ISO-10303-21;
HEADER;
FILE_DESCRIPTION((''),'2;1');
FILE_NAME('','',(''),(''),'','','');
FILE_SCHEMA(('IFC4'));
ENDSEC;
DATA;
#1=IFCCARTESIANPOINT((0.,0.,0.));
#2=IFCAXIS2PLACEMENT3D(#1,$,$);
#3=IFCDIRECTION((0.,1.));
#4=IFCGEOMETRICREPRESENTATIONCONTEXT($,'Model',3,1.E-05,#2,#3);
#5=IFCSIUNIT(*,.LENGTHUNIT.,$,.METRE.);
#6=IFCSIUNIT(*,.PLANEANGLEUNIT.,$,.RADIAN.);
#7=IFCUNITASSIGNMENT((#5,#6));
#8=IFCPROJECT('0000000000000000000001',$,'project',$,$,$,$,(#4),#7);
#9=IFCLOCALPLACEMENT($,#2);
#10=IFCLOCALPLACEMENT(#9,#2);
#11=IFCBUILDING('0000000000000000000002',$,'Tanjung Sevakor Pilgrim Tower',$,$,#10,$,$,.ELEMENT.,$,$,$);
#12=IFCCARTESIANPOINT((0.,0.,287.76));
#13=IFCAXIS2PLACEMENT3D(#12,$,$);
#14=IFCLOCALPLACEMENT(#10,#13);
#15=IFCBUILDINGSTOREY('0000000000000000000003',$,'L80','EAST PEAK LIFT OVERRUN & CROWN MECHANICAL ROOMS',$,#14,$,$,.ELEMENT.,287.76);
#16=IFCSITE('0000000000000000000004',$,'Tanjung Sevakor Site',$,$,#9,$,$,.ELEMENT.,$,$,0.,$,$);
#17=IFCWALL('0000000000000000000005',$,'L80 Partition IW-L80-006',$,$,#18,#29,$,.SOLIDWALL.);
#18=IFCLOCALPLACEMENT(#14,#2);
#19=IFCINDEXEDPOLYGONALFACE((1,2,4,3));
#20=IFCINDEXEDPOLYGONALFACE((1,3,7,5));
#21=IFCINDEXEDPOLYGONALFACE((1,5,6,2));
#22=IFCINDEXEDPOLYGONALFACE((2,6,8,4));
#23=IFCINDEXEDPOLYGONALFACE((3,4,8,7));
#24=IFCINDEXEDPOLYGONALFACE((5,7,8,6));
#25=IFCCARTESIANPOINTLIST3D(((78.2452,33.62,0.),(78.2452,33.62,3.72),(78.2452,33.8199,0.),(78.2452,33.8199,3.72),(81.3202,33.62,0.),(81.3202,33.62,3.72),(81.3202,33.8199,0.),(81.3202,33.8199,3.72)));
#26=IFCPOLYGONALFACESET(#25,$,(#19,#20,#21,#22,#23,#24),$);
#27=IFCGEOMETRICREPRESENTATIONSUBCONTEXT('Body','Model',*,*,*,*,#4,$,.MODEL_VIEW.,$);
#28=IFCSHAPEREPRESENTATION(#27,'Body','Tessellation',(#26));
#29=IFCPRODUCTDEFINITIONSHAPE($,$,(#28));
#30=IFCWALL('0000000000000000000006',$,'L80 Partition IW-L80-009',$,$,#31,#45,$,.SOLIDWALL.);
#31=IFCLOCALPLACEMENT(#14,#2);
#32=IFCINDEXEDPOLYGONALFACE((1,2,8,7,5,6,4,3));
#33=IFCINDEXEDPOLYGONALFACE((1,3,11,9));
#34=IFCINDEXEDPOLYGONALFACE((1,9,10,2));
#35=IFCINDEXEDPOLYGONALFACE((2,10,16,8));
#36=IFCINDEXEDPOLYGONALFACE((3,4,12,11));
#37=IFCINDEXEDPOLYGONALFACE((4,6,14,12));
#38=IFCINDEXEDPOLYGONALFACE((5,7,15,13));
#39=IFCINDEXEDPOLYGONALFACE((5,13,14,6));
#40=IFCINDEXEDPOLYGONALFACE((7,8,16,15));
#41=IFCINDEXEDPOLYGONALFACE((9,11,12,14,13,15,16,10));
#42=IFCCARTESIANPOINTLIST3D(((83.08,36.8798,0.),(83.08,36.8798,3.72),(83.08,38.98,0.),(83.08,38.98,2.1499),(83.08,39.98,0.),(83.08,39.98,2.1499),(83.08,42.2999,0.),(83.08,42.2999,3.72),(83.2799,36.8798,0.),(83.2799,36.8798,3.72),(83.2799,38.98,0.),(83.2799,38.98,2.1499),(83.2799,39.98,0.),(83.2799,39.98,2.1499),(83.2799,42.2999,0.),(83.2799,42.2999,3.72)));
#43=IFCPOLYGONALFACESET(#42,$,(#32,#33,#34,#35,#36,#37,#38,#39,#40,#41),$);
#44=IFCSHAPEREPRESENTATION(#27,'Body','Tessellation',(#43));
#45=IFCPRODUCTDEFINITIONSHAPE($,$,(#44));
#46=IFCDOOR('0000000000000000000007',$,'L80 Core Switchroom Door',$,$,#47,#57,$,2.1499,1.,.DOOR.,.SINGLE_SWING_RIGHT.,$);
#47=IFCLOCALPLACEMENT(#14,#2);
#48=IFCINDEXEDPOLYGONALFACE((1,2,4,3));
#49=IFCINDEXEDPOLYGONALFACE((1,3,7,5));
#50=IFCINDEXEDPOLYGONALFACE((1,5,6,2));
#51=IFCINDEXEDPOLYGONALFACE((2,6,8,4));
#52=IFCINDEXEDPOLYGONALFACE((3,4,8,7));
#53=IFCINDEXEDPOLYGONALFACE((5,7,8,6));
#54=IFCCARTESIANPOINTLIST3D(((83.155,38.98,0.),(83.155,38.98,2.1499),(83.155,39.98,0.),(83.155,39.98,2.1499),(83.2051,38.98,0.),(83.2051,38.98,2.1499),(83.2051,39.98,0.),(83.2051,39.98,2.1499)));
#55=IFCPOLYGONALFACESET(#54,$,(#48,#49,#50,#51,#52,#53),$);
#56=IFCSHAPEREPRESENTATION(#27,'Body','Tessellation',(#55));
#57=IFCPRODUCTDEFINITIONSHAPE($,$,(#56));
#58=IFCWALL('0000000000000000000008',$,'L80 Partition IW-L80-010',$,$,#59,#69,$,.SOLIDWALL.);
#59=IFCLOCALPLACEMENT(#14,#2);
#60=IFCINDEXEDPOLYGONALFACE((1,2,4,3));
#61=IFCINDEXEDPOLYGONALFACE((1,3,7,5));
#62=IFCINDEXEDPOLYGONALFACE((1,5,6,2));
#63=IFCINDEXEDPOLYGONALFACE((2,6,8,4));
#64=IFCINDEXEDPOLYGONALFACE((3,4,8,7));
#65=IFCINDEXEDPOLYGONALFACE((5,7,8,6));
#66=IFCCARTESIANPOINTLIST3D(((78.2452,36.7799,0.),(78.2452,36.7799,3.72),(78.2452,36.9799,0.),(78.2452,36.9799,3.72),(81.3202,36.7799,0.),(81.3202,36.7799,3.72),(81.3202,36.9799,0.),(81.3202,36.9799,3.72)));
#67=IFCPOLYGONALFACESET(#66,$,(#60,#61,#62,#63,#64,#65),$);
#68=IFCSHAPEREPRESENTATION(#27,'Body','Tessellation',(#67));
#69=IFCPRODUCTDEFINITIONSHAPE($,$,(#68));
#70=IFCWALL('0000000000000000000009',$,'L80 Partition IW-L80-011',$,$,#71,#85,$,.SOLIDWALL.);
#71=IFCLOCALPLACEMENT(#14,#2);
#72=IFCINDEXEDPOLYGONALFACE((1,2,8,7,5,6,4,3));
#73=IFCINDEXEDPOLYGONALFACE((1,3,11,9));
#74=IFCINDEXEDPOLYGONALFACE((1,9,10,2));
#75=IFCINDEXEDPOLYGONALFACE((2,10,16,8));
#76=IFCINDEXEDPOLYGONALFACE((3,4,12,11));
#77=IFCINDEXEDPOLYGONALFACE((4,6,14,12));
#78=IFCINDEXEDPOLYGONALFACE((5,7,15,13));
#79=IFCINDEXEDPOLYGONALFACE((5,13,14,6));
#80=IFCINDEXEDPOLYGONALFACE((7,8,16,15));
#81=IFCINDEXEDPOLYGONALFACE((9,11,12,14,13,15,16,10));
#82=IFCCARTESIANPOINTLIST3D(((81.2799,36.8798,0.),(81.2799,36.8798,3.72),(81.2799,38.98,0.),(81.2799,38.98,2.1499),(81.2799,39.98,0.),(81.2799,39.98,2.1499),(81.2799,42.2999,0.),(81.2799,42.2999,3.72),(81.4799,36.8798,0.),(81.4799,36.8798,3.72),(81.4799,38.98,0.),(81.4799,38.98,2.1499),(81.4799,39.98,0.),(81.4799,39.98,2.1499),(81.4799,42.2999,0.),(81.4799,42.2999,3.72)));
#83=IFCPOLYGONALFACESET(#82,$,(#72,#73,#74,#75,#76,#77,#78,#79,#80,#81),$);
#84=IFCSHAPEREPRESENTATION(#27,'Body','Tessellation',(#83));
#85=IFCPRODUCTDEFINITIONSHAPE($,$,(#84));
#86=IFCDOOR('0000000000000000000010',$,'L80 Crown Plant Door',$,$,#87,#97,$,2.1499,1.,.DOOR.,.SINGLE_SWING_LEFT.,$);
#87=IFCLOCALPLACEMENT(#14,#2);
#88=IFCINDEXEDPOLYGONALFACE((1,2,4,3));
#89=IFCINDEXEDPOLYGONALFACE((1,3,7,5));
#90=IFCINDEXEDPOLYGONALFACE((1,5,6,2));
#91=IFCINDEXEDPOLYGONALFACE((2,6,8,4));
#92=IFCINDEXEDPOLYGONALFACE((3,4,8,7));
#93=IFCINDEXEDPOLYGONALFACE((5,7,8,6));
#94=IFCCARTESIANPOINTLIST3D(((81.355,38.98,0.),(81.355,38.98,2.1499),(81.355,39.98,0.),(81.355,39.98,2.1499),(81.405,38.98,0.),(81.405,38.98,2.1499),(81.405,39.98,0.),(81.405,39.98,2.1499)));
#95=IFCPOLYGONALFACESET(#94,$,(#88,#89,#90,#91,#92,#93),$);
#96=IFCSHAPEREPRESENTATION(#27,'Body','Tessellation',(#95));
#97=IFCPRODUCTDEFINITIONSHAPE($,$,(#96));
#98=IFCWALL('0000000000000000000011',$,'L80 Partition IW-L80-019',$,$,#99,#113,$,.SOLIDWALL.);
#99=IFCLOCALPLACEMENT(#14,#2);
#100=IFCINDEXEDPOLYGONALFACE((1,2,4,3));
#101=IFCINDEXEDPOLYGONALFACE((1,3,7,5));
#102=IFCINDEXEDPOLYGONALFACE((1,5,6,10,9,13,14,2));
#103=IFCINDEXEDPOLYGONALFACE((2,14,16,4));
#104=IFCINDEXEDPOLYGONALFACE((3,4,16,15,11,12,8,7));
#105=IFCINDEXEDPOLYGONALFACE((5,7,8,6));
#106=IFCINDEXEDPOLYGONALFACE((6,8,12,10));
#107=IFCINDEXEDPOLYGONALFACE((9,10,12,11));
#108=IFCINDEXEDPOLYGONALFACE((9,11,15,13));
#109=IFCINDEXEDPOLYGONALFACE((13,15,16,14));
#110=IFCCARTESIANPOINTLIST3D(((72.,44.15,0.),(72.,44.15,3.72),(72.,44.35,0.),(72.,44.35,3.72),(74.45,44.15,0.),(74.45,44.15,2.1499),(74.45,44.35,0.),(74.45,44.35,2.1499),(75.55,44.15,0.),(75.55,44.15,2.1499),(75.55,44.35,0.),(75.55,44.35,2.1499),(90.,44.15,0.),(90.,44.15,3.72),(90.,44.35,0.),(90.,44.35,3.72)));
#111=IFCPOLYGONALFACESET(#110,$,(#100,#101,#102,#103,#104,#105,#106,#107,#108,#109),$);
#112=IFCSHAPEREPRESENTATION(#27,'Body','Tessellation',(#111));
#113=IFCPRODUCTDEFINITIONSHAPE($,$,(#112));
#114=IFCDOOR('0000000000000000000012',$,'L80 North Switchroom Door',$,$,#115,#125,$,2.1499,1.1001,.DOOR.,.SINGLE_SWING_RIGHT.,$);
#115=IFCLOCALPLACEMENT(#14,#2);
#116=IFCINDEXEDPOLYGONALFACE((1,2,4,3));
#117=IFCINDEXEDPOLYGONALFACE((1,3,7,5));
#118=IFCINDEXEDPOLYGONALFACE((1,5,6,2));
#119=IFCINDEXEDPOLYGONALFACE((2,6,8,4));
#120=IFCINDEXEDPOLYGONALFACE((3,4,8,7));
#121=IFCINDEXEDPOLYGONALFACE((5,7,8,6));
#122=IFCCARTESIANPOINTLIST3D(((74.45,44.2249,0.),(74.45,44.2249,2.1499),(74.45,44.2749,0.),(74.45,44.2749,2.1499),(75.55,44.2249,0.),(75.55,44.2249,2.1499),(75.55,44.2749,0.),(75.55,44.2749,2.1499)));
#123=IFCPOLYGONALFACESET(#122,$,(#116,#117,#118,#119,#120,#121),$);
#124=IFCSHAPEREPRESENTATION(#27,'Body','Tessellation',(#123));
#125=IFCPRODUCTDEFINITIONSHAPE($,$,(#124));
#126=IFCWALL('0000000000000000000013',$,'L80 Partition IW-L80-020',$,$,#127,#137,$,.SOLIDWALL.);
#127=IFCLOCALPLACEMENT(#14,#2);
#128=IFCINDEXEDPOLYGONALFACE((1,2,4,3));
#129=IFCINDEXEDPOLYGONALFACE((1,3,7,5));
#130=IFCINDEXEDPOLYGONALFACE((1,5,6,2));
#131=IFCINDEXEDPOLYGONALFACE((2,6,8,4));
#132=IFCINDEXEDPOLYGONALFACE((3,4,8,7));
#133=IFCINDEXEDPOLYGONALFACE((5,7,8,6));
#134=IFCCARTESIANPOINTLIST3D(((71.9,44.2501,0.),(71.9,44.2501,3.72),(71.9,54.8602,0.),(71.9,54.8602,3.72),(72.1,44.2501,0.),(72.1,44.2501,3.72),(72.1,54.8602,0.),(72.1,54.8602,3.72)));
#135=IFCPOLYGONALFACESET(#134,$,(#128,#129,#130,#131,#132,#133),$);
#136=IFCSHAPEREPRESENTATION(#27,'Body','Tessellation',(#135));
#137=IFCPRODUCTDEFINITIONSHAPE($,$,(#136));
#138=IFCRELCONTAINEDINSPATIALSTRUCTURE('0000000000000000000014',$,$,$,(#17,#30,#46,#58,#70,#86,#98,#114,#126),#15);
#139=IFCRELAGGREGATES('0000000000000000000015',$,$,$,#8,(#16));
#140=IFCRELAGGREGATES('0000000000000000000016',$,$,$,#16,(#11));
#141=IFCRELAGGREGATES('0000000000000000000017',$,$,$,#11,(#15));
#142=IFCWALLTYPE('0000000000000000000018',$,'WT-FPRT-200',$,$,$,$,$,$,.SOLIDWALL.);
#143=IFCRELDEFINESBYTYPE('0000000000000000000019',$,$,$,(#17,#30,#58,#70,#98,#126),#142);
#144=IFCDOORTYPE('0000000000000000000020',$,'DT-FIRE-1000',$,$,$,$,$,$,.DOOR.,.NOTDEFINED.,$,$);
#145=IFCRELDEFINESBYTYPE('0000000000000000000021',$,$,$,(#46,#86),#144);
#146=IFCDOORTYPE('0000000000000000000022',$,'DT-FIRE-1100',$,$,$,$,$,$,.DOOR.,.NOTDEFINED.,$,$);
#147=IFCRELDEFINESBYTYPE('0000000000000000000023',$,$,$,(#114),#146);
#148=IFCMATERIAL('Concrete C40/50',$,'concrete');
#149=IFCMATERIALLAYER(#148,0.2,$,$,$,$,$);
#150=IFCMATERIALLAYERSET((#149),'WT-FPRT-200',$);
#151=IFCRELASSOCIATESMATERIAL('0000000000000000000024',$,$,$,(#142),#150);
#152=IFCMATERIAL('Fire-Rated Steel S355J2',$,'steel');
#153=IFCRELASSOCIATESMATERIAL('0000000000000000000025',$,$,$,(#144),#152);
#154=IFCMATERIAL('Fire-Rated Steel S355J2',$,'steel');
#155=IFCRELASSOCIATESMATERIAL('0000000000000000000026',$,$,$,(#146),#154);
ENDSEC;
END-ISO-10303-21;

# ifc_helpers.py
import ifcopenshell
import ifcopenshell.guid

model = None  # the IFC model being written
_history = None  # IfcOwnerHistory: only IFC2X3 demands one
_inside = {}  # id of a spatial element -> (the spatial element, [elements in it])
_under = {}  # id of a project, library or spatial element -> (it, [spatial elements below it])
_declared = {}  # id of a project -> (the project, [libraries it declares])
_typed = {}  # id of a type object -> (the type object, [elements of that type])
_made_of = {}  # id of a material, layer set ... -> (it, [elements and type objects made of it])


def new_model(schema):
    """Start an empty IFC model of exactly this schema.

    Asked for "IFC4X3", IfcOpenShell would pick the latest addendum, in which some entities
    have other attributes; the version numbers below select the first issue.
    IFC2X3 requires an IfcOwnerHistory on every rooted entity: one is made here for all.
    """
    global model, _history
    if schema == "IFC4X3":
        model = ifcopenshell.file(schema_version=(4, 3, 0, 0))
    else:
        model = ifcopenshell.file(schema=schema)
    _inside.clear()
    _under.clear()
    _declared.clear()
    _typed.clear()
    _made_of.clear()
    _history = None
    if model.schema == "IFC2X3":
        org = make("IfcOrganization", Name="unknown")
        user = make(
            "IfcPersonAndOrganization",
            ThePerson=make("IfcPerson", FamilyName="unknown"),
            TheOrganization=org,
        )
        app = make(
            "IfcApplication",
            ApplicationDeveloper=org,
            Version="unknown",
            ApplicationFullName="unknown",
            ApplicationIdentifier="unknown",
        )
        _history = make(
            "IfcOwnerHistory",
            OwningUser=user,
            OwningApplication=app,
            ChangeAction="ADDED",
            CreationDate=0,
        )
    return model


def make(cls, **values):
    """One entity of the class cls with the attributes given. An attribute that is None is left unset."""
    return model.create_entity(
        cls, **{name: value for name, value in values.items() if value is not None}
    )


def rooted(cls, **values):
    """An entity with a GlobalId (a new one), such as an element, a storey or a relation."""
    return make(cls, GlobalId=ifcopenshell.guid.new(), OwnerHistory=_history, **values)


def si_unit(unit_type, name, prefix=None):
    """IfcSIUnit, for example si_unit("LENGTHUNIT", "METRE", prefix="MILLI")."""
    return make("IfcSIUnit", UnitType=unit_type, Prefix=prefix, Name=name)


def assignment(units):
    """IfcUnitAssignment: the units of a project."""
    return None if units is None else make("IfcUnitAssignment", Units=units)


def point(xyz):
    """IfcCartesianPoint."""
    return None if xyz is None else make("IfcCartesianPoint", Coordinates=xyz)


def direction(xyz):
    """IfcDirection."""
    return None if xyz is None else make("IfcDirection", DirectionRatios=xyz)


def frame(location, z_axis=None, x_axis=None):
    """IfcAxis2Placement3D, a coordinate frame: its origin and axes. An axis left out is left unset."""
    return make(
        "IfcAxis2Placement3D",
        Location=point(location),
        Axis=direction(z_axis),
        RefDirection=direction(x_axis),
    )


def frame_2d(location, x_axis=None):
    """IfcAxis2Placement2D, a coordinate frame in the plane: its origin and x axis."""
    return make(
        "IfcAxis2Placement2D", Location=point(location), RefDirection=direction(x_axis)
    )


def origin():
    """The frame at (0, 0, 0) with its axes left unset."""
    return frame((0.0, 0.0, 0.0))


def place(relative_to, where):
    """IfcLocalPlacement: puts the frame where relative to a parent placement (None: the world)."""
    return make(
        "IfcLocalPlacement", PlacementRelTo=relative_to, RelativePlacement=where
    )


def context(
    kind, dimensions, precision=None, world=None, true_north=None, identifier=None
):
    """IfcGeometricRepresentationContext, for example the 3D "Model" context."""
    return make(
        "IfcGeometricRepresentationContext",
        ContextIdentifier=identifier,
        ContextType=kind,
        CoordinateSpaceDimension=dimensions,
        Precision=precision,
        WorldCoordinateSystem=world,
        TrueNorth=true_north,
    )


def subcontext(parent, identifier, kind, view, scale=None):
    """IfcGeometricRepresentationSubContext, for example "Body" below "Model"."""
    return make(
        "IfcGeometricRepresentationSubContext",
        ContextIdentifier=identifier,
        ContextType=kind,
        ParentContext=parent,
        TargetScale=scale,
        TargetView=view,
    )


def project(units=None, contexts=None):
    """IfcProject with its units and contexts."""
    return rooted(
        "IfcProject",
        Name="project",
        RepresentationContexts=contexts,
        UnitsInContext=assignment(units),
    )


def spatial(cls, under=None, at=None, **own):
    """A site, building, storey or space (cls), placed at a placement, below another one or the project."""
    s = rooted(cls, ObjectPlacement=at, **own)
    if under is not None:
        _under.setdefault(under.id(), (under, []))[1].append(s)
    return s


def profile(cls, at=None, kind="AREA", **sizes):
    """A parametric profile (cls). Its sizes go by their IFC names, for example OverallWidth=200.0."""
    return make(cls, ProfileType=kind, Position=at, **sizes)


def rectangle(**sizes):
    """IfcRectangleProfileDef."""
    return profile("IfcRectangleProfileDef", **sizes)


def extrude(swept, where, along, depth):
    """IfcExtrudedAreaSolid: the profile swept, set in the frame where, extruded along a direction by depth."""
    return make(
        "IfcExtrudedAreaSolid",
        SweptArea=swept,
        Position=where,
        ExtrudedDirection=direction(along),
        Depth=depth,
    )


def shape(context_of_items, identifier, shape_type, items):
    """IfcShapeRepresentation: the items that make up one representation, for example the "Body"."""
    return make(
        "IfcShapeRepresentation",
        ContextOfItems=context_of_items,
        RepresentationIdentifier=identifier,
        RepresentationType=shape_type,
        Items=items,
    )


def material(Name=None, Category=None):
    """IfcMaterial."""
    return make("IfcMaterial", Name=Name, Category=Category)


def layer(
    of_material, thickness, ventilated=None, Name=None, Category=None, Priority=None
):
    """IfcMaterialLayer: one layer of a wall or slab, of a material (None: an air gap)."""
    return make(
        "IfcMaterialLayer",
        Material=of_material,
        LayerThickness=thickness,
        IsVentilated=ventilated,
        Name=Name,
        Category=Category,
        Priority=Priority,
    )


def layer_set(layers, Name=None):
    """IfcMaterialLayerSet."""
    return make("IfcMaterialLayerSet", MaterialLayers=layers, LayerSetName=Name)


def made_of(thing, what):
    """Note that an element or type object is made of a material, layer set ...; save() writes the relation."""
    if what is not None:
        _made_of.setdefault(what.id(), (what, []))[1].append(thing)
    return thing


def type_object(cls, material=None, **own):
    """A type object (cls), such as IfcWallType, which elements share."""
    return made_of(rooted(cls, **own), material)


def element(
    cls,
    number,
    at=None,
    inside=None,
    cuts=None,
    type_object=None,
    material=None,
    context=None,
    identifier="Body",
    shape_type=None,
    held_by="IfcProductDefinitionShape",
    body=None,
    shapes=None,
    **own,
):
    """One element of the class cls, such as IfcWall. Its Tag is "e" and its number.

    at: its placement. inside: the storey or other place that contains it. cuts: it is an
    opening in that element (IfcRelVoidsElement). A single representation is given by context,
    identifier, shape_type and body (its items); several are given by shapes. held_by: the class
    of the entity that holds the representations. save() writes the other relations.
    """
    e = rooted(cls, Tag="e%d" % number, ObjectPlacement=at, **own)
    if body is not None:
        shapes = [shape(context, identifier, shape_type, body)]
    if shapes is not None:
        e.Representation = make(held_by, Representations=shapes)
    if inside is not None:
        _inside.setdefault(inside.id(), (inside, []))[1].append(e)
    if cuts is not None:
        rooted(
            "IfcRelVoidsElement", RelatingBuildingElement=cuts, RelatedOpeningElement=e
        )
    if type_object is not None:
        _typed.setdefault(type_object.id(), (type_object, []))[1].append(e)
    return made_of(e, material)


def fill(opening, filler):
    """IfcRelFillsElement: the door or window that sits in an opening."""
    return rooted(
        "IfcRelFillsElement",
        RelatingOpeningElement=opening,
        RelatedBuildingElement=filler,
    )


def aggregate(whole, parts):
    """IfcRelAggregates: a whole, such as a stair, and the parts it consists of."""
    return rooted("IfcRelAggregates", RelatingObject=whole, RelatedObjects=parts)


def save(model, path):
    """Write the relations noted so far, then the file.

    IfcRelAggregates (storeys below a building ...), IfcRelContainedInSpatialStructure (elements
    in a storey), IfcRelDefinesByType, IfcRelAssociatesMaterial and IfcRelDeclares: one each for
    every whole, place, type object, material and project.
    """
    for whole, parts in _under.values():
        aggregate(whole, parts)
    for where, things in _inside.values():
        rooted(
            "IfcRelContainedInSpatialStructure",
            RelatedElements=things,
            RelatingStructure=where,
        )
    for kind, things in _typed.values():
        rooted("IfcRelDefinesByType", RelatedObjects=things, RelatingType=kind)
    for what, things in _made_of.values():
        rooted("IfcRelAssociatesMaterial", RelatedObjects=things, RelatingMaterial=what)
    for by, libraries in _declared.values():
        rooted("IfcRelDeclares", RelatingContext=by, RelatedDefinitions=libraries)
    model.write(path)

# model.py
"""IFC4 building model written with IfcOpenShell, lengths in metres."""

from ifc_helpers import new_model, si_unit, direction, frame, frame_2d, origin, place, context, subcontext, project, spatial, rectangle, extrude, material, layer, layer_set, type_object, element, fill, save


model = new_model("IFC4")

# Units and contexts
model_context = context("Model", 3, precision=1e-05, world=origin(), true_north=direction((0.0, 1.0)))
body_context = subcontext(model_context, "Body", "Model", "MODEL_VIEW")
ifc_project = project(units=[si_unit("LENGTHUNIT", "METRE"), si_unit("PLANEANGLEUNIT", "RADIAN")], contexts=[model_context])

# Site, building, storey
site_placement = place(None, origin())
site = spatial("IfcSite", under=ifc_project, at=site_placement, Name="Tanjung Sevakor Site", CompositionType="ELEMENT", RefElevation=0.0)
building_placement = place(site_placement, origin())
building = spatial("IfcBuilding", under=site, at=building_placement, Name="Tanjung Sevakor Pilgrim Tower", CompositionType="ELEMENT")
storey_placement = place(building_placement, frame((0.0, 0.0, 287.76)))
storey = spatial("IfcBuildingStorey", under=building, at=storey_placement, Name="L80", Description="EAST PEAK LIFT OVERRUN & CROWN MECHANICAL ROOMS", CompositionType="ELEMENT", Elevation=287.76)

# Shared definitions
ifc_material_1 = material(Name="Concrete C40/50", Category="concrete")
ifc_layer_1 = layer(ifc_material_1, 0.2)
ifc_layer_set_1 = layer_set([ifc_layer_1], Name="WT-FPRT-200")
wall_type_1 = type_object("IfcWallType", Name="WT-FPRT-200", PredefinedType="SOLIDWALL", material=ifc_layer_set_1)

# Shared definitions
ifc_material_2 = material(Name="Fire-Rated Steel S355J2", Category="steel")
door_type_1 = type_object("IfcDoorType", Name="DT-FIRE-1000", OperationType="NOTDEFINED", PredefinedType="DOOR", material=ifc_material_2)

# Wall
for number, where, z_axis, x_axis, name in (
    (1, (78.2451, 33.72, 0.0), (0.0, 0.0, 1.0), (1.0, 0.0, 0.0), "L80 Partition IW-L80-006"),
):
    element("IfcWall", number, at=place(storey_placement, frame(where, z_axis=z_axis, x_axis=x_axis)), inside=storey, type_object=wall_type_1, Name=name, PredefinedType="SOLIDWALL", context=body_context, shape_type="SweptSolid", body=[
        extrude(rectangle(XDim=3.075, YDim=0.2, at=frame_2d((1.5376, 0.0))), origin(), (0.0, 0.0, 1.0), 3.72),
    ])

# Wall, opening, door
wall_1_placement = place(storey_placement, frame((83.1799, 36.8799, 0.0), z_axis=(0.0, 0.0, 1.0), x_axis=(0.0, 1.0, 0.0)))
wall_1 = element("IfcWall", 2, at=wall_1_placement, inside=storey, type_object=wall_type_1, Name="L80 Partition IW-L80-009", PredefinedType="SOLIDWALL", context=body_context, shape_type="SweptSolid", body=[
    extrude(rectangle(XDim=5.4202, YDim=0.2, at=frame_2d((2.71, 0.0))), origin(), (0.0, 0.0, 1.0), 3.72),
])
opening_1_placement = place(wall_1_placement, frame((2.1001, 0.0, 0.0)))
opening_1 = element("IfcOpeningElement", 3, at=opening_1_placement, cuts=wall_1, PredefinedType="OPENING", context=body_context, shape_type="SweptSolid", body=[
    extrude(rectangle(XDim=1.0, YDim=2.1499, at=frame_2d((0.5, 1.075))), frame((0.0, 0.1099, 0.0), z_axis=(0.0, -1.0, 0.0), x_axis=(1.0, 0.0, 0.0)), (0.0, 0.0, 1.0), 0.22),
])
door_1_placement = place(opening_1_placement, origin())
door_1 = element("IfcDoor", 4, at=door_1_placement, inside=storey, type_object=door_type_1, Name="L80 Core Switchroom Door", OperationType="SINGLE_SWING_RIGHT", OverallHeight=2.1499, OverallWidth=1.0, PredefinedType="DOOR", context=body_context, shape_type="SweptSolid", body=[
    extrude(rectangle(XDim=1.0, YDim=2.1499, at=frame_2d((0.5, 1.075))), frame((0.0, 0.0249, 0.0), z_axis=(0.0, -1.0, 0.0), x_axis=(1.0, 0.0, 0.0)), (0.0, 0.0, 1.0), 0.05),
])
fill(opening_1, door_1)

# Wall
wall_2_placement = place(storey_placement, frame((78.2451, 36.8799, 0.0), z_axis=(0.0, 0.0, 1.0), x_axis=(1.0, 0.0, 0.0)))
element("IfcWall", 5, at=wall_2_placement, inside=storey, type_object=wall_type_1, Name="L80 Partition IW-L80-010", PredefinedType="SOLIDWALL", context=body_context, shape_type="SweptSolid", body=[
    extrude(rectangle(XDim=3.075, YDim=0.2, at=frame_2d((1.5376, 0.0))), origin(), (0.0, 0.0, 1.0), 3.72),
])

# Walls, openings, doors
wall_3_placement = place(storey_placement, frame((81.3799, 36.8799, 0.0), z_axis=(0.0, 0.0, 1.0), x_axis=(0.0, 1.0, 0.0)))
wall_3 = element("IfcWall", 6, at=wall_3_placement, inside=storey, type_object=wall_type_1, Name="L80 Partition IW-L80-011", PredefinedType="SOLIDWALL", context=body_context, shape_type="SweptSolid", body=[
    extrude(rectangle(XDim=5.4202, YDim=0.2, at=frame_2d((2.71, 0.0))), origin(), (0.0, 0.0, 1.0), 3.72),
])
opening_2_placement = place(wall_3_placement, frame((2.1001, 0.0, 0.0)))
opening_2 = element("IfcOpeningElement", 7, at=opening_2_placement, cuts=wall_3, PredefinedType="OPENING", context=body_context, shape_type="SweptSolid", body=[
    extrude(rectangle(XDim=1.0, YDim=2.1499, at=frame_2d((0.5, 1.075))), frame((0.0, 0.1099, 0.0), z_axis=(0.0, -1.0, 0.0), x_axis=(1.0, 0.0, 0.0)), (0.0, 0.0, 1.0), 0.22),
])
door_2_placement = place(opening_2_placement, origin())
door_2 = element("IfcDoor", 8, at=door_2_placement, inside=storey, type_object=door_type_1, Name="L80 Crown Plant Door", OperationType="SINGLE_SWING_LEFT", OverallHeight=2.1499, OverallWidth=1.0, PredefinedType="DOOR", context=body_context, shape_type="SweptSolid", body=[
    extrude(rectangle(XDim=1.0, YDim=2.1499, at=frame_2d((0.5, 1.075))), frame((0.0, 0.0249, 0.0), z_axis=(0.0, -1.0, 0.0), x_axis=(1.0, 0.0, 0.0)), (0.0, 0.0, 1.0), 0.05),
])
fill(opening_2, door_2)
wall_4_placement = place(storey_placement, frame((72.0, 44.25, 0.0), z_axis=(0.0, 0.0, 1.0), x_axis=(1.0, 0.0, 0.0)))
wall_4 = element("IfcWall", 9, at=wall_4_placement, inside=storey, type_object=wall_type_1, Name="L80 Partition IW-L80-019", PredefinedType="SOLIDWALL", context=body_context, shape_type="SweptSolid", body=[
    extrude(rectangle(XDim=18.0, YDim=0.2, at=frame_2d((9.0, 0.0))), origin(), (0.0, 0.0, 1.0), 3.72),
])
opening_3_placement = place(wall_4_placement, frame((2.45, 0.0, 0.0)))
opening_3 = element("IfcOpeningElement", 10, at=opening_3_placement, cuts=wall_4, PredefinedType="OPENING", context=body_context, shape_type="SweptSolid", body=[
    extrude(rectangle(XDim=1.1001, YDim=2.1499, at=frame_2d((0.55, 1.075))), frame((0.0, 0.1099, 0.0), z_axis=(0.0, -1.0, 0.0), x_axis=(1.0, 0.0, 0.0)), (0.0, 0.0, 1.0), 0.22),
])
ifc_material_3 = material(Name="Fire-Rated Steel S355J2", Category="steel")
door_type_2 = type_object("IfcDoorType", Name="DT-FIRE-1100", OperationType="NOTDEFINED", PredefinedType="DOOR", material=ifc_material_3)
door_3_placement = place(opening_3_placement, origin())
door_3 = element("IfcDoor", 11, at=door_3_placement, inside=storey, type_object=door_type_2, Name="L80 North Switchroom Door", OperationType="SINGLE_SWING_RIGHT", OverallHeight=2.1499, OverallWidth=1.1001, PredefinedType="DOOR", context=body_context, shape_type="SweptSolid", body=[
    extrude(rectangle(XDim=1.1001, YDim=2.1499, at=frame_2d((0.55, 1.075))), frame((0.0, 0.0249, 0.0), z_axis=(0.0, -1.0, 0.0), x_axis=(1.0, 0.0, 0.0)), (0.0, 0.0, 1.0), 0.05),
])
fill(opening_3, door_3)

# Wall
wall_5_placement = place(storey_placement, frame((72.0, 44.25, 0.0), z_axis=(0.0, 0.0, 1.0), x_axis=(0.0, 1.0, 0.0)))
element("IfcWall", 12, at=wall_5_placement, inside=storey, type_object=wall_type_1, Name="L80 Partition IW-L80-020", PredefinedType="SOLIDWALL", context=body_context, shape_type="SweptSolid", body=[
    extrude(rectangle(XDim=10.6101, YDim=0.2, at=frame_2d((5.3052, 0.0))), origin(), (0.0, 0.0, 1.0), 3.72),
])

save(model, "model.ifc")
